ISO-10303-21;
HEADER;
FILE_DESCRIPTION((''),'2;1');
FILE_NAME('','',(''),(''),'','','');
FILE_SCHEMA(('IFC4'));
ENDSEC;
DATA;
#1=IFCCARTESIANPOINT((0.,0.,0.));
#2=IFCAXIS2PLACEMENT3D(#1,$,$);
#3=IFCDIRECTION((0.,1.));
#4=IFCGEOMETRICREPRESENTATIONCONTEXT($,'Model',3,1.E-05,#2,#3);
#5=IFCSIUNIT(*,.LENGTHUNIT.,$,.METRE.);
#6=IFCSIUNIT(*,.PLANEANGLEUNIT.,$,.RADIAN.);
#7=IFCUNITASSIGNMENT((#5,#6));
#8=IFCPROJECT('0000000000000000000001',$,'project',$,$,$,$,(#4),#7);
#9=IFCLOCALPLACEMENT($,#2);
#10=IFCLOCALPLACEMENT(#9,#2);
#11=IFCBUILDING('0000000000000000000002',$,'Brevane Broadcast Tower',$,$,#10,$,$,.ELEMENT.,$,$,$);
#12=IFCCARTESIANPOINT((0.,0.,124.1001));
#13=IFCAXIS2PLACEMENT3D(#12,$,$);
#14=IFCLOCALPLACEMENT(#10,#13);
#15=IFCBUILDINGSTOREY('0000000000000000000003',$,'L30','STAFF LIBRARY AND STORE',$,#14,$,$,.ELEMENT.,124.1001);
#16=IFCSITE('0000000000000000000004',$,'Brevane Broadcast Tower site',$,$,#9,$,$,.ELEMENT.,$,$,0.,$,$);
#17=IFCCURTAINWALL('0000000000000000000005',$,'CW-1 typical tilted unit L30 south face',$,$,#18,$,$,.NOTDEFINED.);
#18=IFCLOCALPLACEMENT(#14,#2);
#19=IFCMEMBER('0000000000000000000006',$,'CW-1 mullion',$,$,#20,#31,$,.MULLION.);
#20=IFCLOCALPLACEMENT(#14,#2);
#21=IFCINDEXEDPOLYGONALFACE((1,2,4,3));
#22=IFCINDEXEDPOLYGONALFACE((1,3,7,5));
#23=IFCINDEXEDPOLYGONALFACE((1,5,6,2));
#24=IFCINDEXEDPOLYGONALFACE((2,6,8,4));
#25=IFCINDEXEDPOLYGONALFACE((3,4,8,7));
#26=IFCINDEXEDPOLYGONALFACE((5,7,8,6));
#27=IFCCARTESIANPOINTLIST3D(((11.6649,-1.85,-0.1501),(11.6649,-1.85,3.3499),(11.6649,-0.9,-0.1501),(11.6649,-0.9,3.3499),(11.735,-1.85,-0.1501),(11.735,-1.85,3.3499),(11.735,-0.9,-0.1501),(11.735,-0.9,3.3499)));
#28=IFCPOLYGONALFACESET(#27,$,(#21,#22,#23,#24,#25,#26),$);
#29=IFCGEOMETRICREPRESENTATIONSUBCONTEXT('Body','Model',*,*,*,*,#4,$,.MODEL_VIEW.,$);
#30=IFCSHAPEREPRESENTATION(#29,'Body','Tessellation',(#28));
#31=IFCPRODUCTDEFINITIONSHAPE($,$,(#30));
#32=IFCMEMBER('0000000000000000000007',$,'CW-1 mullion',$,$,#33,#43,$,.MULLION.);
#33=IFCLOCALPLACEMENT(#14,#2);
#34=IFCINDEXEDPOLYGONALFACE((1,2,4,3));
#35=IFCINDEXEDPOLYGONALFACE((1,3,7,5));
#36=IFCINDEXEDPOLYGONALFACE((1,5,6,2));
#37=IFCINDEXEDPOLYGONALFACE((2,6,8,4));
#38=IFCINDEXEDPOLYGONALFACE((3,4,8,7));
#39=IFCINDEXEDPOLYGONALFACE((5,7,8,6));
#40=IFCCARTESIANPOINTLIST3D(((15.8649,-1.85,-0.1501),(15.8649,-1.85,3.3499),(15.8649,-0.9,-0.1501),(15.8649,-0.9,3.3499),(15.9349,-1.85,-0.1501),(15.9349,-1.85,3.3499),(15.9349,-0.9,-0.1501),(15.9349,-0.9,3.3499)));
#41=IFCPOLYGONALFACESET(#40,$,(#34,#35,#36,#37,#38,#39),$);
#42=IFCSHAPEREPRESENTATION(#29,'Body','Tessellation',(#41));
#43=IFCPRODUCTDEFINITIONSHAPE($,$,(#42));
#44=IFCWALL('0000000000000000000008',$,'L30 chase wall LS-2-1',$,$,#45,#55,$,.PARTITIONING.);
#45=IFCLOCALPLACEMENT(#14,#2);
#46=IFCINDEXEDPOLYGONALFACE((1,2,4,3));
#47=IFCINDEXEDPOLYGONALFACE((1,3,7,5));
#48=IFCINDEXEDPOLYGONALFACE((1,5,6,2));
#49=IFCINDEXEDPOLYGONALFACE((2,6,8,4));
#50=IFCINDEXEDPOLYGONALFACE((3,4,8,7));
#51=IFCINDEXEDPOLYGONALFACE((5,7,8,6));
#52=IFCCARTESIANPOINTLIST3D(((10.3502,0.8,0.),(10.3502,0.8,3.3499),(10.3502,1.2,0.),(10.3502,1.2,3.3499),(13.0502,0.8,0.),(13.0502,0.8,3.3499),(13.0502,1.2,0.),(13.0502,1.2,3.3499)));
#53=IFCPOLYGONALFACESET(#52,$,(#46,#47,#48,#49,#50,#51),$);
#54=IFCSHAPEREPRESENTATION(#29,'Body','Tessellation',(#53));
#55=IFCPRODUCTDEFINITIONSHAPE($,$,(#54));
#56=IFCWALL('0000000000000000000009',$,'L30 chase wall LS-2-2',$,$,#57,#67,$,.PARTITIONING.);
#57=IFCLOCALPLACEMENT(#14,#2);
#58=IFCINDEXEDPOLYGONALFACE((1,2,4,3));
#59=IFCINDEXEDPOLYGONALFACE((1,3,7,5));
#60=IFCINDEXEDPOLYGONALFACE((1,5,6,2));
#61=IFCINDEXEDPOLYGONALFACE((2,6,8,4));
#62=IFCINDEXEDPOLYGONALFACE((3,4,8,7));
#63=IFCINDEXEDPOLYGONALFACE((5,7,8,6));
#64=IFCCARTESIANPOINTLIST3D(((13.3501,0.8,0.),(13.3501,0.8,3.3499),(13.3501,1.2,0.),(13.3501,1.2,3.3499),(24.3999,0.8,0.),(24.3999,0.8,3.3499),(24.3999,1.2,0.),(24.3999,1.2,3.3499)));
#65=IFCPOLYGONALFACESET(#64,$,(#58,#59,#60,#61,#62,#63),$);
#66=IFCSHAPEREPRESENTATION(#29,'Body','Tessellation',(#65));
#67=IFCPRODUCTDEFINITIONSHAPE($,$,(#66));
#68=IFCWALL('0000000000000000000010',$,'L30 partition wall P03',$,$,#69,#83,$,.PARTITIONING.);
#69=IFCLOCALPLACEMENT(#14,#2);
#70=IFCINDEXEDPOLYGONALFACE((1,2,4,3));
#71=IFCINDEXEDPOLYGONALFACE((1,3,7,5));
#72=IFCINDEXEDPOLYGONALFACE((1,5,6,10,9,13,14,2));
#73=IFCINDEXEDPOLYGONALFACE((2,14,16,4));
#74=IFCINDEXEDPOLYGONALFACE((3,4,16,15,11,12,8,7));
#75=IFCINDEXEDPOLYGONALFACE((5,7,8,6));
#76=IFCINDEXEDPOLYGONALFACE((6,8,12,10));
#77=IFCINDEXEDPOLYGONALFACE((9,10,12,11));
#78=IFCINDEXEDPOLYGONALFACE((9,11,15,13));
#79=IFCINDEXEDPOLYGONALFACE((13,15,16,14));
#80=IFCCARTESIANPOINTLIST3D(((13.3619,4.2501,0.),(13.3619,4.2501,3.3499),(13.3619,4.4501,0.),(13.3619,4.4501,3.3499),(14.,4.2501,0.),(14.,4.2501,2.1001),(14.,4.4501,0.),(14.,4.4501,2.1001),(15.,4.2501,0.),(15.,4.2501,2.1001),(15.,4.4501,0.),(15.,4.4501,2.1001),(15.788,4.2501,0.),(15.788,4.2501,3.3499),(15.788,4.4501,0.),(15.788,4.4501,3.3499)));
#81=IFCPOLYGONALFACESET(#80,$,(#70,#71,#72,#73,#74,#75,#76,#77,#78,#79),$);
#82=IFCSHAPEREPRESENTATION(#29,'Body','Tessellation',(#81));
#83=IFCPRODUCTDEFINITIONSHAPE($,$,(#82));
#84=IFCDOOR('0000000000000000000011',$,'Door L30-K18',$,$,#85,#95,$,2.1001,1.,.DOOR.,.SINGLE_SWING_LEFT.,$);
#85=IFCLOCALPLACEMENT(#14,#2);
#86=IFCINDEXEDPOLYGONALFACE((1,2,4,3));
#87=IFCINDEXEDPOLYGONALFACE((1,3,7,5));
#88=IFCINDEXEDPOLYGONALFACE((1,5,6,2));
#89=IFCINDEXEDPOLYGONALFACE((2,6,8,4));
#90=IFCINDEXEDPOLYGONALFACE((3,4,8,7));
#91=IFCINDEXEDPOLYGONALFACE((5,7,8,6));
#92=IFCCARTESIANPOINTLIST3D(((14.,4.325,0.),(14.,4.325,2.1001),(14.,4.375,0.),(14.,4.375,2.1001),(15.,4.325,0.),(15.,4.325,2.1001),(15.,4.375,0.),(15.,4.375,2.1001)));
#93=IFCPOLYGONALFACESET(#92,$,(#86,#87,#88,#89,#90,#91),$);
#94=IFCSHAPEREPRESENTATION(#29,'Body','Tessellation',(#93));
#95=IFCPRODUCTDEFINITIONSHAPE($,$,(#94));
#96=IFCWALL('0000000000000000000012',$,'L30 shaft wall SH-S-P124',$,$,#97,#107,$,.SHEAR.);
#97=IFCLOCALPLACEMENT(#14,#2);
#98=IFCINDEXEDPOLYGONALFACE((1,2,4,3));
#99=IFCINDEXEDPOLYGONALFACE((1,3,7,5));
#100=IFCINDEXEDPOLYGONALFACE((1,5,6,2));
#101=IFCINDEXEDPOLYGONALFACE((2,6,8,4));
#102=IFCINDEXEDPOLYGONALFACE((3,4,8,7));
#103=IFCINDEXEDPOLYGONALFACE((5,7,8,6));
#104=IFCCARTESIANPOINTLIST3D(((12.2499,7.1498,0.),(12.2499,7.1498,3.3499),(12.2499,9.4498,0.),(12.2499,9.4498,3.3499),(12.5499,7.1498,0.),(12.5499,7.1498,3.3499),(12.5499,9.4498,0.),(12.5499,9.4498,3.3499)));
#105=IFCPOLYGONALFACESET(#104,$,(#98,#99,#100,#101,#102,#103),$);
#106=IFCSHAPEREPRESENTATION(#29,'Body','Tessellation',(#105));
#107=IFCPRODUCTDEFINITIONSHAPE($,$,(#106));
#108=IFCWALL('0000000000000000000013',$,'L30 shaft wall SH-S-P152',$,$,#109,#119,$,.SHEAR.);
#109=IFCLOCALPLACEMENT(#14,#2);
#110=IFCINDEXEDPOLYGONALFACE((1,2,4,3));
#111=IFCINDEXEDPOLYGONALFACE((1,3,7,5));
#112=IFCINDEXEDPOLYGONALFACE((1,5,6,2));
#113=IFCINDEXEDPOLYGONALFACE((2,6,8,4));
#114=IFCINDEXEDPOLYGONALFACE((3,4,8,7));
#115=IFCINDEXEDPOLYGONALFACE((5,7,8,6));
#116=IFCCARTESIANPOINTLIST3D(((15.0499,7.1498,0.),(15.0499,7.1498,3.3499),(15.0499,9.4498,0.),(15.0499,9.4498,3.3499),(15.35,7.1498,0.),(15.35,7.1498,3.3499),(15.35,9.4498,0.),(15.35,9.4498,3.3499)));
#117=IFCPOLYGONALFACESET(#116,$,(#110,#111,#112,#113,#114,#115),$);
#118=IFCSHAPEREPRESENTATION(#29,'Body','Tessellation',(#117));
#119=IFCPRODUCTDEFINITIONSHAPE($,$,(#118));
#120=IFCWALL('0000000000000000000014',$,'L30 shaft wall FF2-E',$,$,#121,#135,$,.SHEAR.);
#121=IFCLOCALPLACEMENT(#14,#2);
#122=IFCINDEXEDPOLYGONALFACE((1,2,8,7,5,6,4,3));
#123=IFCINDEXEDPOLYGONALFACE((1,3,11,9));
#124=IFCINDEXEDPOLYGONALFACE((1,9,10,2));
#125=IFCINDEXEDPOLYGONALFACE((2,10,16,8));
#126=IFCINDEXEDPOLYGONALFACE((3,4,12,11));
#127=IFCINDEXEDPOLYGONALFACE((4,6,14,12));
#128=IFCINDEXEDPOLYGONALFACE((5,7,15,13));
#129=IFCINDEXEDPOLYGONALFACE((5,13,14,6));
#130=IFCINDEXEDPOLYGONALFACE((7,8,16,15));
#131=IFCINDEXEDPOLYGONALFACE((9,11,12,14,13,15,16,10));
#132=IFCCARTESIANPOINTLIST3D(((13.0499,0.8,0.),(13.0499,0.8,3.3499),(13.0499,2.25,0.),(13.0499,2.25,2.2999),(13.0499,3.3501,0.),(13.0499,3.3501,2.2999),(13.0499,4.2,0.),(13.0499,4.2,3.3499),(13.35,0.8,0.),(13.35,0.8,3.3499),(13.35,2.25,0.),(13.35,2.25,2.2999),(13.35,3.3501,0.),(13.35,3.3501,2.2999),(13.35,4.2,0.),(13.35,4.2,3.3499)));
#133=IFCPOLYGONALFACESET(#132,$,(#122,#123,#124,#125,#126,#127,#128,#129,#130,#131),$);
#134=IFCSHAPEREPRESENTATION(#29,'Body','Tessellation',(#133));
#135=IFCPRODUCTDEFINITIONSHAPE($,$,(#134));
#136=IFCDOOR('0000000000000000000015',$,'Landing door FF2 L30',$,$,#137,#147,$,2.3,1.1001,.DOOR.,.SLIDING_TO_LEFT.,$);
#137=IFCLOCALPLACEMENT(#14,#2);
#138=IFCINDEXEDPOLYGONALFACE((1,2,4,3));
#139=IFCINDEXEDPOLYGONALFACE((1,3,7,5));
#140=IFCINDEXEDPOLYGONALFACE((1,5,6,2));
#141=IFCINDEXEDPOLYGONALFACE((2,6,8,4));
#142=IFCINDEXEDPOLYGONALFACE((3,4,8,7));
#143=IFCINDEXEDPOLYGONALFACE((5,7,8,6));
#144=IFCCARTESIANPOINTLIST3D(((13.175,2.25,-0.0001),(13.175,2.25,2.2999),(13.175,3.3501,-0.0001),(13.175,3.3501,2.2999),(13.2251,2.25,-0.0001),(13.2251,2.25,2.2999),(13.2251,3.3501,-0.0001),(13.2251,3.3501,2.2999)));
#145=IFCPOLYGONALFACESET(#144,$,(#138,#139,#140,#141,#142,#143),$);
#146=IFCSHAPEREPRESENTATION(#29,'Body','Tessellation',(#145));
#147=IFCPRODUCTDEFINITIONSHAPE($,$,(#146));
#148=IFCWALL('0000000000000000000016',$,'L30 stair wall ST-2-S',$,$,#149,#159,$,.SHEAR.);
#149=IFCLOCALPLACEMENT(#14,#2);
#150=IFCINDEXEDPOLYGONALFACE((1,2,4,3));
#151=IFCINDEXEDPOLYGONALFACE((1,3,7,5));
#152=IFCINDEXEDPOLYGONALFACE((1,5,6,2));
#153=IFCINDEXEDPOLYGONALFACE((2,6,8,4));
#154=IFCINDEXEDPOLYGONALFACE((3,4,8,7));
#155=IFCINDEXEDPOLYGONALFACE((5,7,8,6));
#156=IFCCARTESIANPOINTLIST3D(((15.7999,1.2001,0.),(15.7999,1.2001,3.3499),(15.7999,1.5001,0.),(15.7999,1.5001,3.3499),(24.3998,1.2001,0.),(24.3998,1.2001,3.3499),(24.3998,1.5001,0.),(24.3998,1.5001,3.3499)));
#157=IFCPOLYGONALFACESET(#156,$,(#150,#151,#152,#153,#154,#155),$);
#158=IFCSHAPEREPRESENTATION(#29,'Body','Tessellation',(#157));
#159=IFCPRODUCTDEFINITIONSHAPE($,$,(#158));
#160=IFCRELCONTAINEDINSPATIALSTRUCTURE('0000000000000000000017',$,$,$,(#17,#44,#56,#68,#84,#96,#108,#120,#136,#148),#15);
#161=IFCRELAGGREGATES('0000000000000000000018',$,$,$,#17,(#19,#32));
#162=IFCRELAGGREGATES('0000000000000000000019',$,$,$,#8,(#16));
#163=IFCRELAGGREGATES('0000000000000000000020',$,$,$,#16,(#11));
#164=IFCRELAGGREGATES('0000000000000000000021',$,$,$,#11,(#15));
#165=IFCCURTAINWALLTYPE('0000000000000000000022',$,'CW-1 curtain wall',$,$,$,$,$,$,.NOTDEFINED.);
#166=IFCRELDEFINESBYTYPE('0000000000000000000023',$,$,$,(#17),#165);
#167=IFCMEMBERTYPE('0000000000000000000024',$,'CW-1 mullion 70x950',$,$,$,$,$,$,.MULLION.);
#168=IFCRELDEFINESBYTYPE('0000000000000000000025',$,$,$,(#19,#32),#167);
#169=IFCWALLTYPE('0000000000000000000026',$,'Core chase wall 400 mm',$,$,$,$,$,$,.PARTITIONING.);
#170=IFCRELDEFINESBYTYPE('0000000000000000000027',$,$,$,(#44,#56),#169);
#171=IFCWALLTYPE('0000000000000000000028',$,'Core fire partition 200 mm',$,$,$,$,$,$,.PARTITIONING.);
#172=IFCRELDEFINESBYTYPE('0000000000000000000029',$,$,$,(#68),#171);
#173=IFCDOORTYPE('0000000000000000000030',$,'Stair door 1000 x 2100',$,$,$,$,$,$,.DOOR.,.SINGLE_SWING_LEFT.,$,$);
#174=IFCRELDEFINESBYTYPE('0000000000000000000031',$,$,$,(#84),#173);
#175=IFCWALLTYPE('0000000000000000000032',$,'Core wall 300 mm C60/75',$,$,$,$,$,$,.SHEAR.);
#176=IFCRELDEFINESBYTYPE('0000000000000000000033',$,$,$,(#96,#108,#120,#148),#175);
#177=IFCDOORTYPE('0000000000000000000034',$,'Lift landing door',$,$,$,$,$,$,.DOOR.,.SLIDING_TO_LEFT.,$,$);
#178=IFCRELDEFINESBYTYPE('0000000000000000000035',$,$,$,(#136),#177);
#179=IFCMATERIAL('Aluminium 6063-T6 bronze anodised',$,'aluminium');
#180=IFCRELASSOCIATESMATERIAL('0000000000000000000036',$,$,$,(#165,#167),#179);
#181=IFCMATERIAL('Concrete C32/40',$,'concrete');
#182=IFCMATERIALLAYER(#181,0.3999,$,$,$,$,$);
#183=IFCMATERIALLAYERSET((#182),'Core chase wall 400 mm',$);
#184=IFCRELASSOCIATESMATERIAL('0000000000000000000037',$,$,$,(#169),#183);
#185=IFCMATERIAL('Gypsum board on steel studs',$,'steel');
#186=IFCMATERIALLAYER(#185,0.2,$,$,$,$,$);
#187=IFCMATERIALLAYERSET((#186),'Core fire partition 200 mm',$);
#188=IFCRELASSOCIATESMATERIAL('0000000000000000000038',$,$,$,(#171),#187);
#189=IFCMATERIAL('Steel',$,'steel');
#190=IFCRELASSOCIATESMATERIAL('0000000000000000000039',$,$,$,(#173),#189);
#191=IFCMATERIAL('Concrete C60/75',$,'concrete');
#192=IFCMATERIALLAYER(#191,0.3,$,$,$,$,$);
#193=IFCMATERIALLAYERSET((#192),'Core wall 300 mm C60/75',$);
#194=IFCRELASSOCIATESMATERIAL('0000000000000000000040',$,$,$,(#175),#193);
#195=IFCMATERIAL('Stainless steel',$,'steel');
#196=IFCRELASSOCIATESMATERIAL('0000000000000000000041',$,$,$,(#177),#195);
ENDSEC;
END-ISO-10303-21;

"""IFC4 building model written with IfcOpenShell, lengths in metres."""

from ifc_helpers import new_model, si_unit, direction, frame, frame_2d, origin, origin_2d, place, context, subcontext, project, spatial, rectangle, extrude, material, layer, layer_set, material_profile, profile_set, type_object, element, fill, aggregate, save


model = new_model("IFC4")

# Units and contexts
model_context = context("Model", 3, precision=1e-05, world=origin(), true_north=direction((0.0, 1.0)))
body_context = subcontext(model_context, "Body", "Model", "MODEL_VIEW")
ifc_project = project(units=[si_unit("LENGTHUNIT", "METRE"), si_unit("PLANEANGLEUNIT", "RADIAN")], contexts=[model_context])

# Site, building, storey
site_placement = place(None, origin())
site = spatial("IfcSite", under=ifc_project, at=site_placement, Name="Brevane Broadcast Tower site", CompositionType="ELEMENT", RefElevation=0.0)
building_placement = place(site_placement, origin())
building = spatial("IfcBuilding", under=site, at=building_placement, Name="Brevane Broadcast Tower", CompositionType="ELEMENT")
storey_placement = place(building_placement, frame((0.0, 0.0, 124.1001)))
storey = spatial("IfcBuildingStorey", under=building, at=storey_placement, Name="L30", Description="STAFF LIBRARY AND STORE", CompositionType="ELEMENT", Elevation=124.1001)

# Curtain wall, members
ifc_material_1 = material(Name="Aluminium 6063-T6 bronze anodised", Category="aluminium")
curtain_wall_type = type_object("IfcCurtainWallType", Name="CW-1 curtain wall", PredefinedType="NOTDEFINED", material=ifc_material_1)
curtain_wall_placement = place(storey_placement, origin())
curtain_wall = element("IfcCurtainWall", 1, at=curtain_wall_placement, inside=storey, type_object=curtain_wall_type, Name="CW-1 typical tilted unit L30 south face", PredefinedType="NOTDEFINED")
ifc_material_profile = material_profile(ifc_material_1, rectangle(XDim=0.95, YDim=0.0701, at=origin_2d()), Name="RECT 70x950")
ifc_profile_set = profile_set([ifc_material_profile], Name="Aluminium 6063-T6 bronze anodised")
member_type = type_object("IfcMemberType", Name="CW-1 mullion 70x950", PredefinedType="MULLION", material=ifc_profile_set)
member_1_placement = place(storey_placement, frame((11.7, -1.375, -0.1501), z_axis=(0.0, 0.0, 1.0), x_axis=(0.0, 1.0, 0.0)))
member_1 = element("IfcMember", 2, at=member_1_placement, type_object=member_type, Name="CW-1 mullion", PredefinedType="MULLION", context=body_context, shape_type="SweptSolid", body=[
    extrude(rectangle(XDim=0.95, YDim=0.0701, at=origin_2d()), origin(), (0.0, 0.0, 1.0), 3.5),
])
member_2_placement = place(storey_placement, frame((15.8999, -1.375, -0.1501), z_axis=(0.0, 0.0, 1.0), x_axis=(0.0, 1.0, 0.0)))
member_2 = element("IfcMember", 3, at=member_2_placement, type_object=member_type, Name="CW-1 mullion", PredefinedType="MULLION", context=body_context, shape_type="SweptSolid", body=[
    extrude(rectangle(XDim=0.95, YDim=0.0701, at=origin_2d()), origin(), (0.0, 0.0, 1.0), 3.5),
])
aggregate(curtain_wall, [member_1, member_2])

# Walls
ifc_material_2 = material(Name="Concrete C32/40", Category="concrete")
ifc_layer_1 = layer(ifc_material_2, 0.3999)
ifc_layer_set_1 = layer_set([ifc_layer_1], Name="Core chase wall 400 mm")
wall_type_1 = type_object("IfcWallType", Name="Core chase wall 400 mm", PredefinedType="PARTITIONING", material=ifc_layer_set_1)
wall_1_placement = place(storey_placement, frame((10.3501, 1.0, 0.0), z_axis=(0.0, 0.0, 1.0), x_axis=(1.0, 0.0, 0.0)))
element("IfcWall", 4, at=wall_1_placement, inside=storey, type_object=wall_type_1, Name="L30 chase wall LS-2-1", PredefinedType="PARTITIONING", context=body_context, shape_type="SweptSolid", body=[
    extrude(rectangle(XDim=2.7, YDim=0.3999, at=frame_2d((1.3501, 0.0))), origin(), (0.0, 0.0, 1.0), 3.3499),
])
wall_2_placement = place(storey_placement, frame((13.3501, 1.0, 0.0), z_axis=(0.0, 0.0, 1.0), x_axis=(1.0, 0.0, 0.0)))
element("IfcWall", 5, at=wall_2_placement, inside=storey, type_object=wall_type_1, Name="L30 chase wall LS-2-2", PredefinedType="PARTITIONING", context=body_context, shape_type="SweptSolid", body=[
    extrude(rectangle(XDim=11.0498, YDim=0.3999, at=frame_2d((5.5249, 0.0))), origin(), (0.0, 0.0, 1.0), 3.3499),
])

# Wall, opening, door
ifc_material_3 = material(Name="Gypsum board on steel studs", Category="steel")
ifc_layer_2 = layer(ifc_material_3, 0.2)
ifc_layer_set_2 = layer_set([ifc_layer_2], Name="Core fire partition 200 mm")
wall_type_2 = type_object("IfcWallType", Name="Core fire partition 200 mm", PredefinedType="PARTITIONING", material=ifc_layer_set_2)
wall_3_placement = place(storey_placement, frame((13.3621, 4.3501, 0.0), z_axis=(0.0, 0.0, 1.0), x_axis=(1.0, 0.0, 0.0)))
wall_3 = element("IfcWall", 6, at=wall_3_placement, inside=storey, type_object=wall_type_2, Name="L30 partition wall P03", PredefinedType="PARTITIONING", context=body_context, shape_type="SweptSolid", body=[
    extrude(rectangle(XDim=2.426, YDim=0.2, at=frame_2d((1.2129, 0.0))), origin(), (0.0, 0.0, 1.0), 3.3499),
])
opening_1_placement = place(wall_3_placement, frame((0.6379, 0.0, 0.0)))
opening_1 = element("IfcOpeningElement", 7, at=opening_1_placement, cuts=wall_3, PredefinedType="OPENING", context=body_context, shape_type="SweptSolid", body=[
    extrude(rectangle(XDim=1.0, YDim=2.1001, at=frame_2d((0.5, 1.05))), frame((0.0, 0.1099, 0.0), z_axis=(0.0, -1.0, 0.0), x_axis=(1.0, 0.0, 0.0)), (0.0, 0.0, 1.0), 0.22),
])
ifc_material_4 = material(Name="Steel", Category="steel")
door_type_1 = type_object("IfcDoorType", Name="Stair door 1000 x 2100", OperationType="SINGLE_SWING_LEFT", PredefinedType="DOOR", material=ifc_material_4)
door_1_placement = place(opening_1_placement, origin())
door_1 = element("IfcDoor", 8, at=door_1_placement, inside=storey, type_object=door_type_1, Name="Door L30-K18", OperationType="SINGLE_SWING_LEFT", OverallHeight=2.1001, OverallWidth=1.0, PredefinedType="DOOR", context=body_context, shape_type="SweptSolid", body=[
    extrude(rectangle(XDim=1.0, YDim=2.1001, at=frame_2d((0.5, 1.05))), frame((0.0, 0.0249, 0.0), z_axis=(0.0, -1.0, 0.0), x_axis=(1.0, 0.0, 0.0)), (0.0, 0.0, 1.0), 0.05),
])
fill(opening_1, door_1)

# Walls
ifc_material_5 = material(Name="Concrete C60/75", Category="concrete")
ifc_layer_3 = layer(ifc_material_5, 0.3)
ifc_layer_set_3 = layer_set([ifc_layer_3], Name="Core wall 300 mm C60/75")
wall_type_3 = type_object("IfcWallType", Name="Core wall 300 mm C60/75", PredefinedType="SHEAR", material=ifc_layer_set_3)
for number, where, z_axis, x_axis, name in (
    (9, (12.3999, 7.1499, 0.0), (0.0, 0.0, 1.0), (0.0, 1.0, 0.0), "L30 shaft wall SH-S-P124"),
    (10, (15.2, 7.1499, 0.0), (0.0, 0.0, 1.0), (0.0, 1.0, 0.0), "L30 shaft wall SH-S-P152"),
):
    element("IfcWall", number, at=place(storey_placement, frame(where, z_axis=z_axis, x_axis=x_axis)), inside=storey, type_object=wall_type_3, Name=name, PredefinedType="SHEAR", context=body_context, shape_type="SweptSolid", body=[
        extrude(rectangle(XDim=2.3, YDim=0.3, at=frame_2d((1.1499, 0.0))), origin(), (0.0, 0.0, 1.0), 3.3499),
    ])

# Wall, opening, door
wall_4_placement = place(storey_placement, frame((13.2, 0.8, 0.0), z_axis=(0.0, 0.0, 1.0), x_axis=(0.0, 1.0, 0.0)))
wall_4 = element("IfcWall", 11, at=wall_4_placement, inside=storey, type_object=wall_type_3, Name="L30 shaft wall FF2-E", PredefinedType="SHEAR", context=body_context, shape_type="SweptSolid", body=[
    extrude(rectangle(XDim=3.3999, YDim=0.3, at=frame_2d((1.7, 0.0))), origin(), (0.0, 0.0, 1.0), 3.3499),
])
opening_2_placement = place(wall_4_placement, frame((1.45, 0.0, 0.0)))
opening_2 = element("IfcOpeningElement", 12, at=opening_2_placement, cuts=wall_4, PredefinedType="OPENING", context=body_context, shape_type="SweptSolid", body=[
    extrude(rectangle(XDim=1.1001, YDim=2.3, at=frame_2d((0.55, 1.1499))), frame((0.0, 0.1599, 0.0), z_axis=(0.0, -1.0, 0.0), x_axis=(1.0, 0.0, 0.0)), (0.0, 0.0, 1.0), 0.3201),
])
ifc_material_6 = material(Name="Stainless steel", Category="steel")
door_type_2 = type_object("IfcDoorType", Name="Lift landing door", OperationType="SLIDING_TO_LEFT", PredefinedType="DOOR", material=ifc_material_6)
door_2_placement = place(opening_2_placement, origin())
door_2 = element("IfcDoor", 13, at=door_2_placement, inside=storey, type_object=door_type_2, Name="Landing door FF2 L30", OperationType="SLIDING_TO_LEFT", OverallHeight=2.3, OverallWidth=1.1001, PredefinedType="DOOR", context=body_context, shape_type="SweptSolid", body=[
    extrude(rectangle(XDim=1.1001, YDim=2.3, at=frame_2d((0.55, 1.1499))), frame((0.0, 0.0249, 0.0), z_axis=(0.0, -1.0, 0.0), x_axis=(1.0, 0.0, 0.0)), (0.0, 0.0, 1.0), 0.05),
])
fill(opening_2, door_2)

# Wall
wall_5_placement = place(storey_placement, frame((15.8, 1.3501, 0.0), z_axis=(0.0, 0.0, 1.0), x_axis=(1.0, 0.0, 0.0)))
element("IfcWall", 14, at=wall_5_placement, inside=storey, type_object=wall_type_3, Name="L30 stair wall ST-2-S", PredefinedType="SHEAR", context=body_context, shape_type="SweptSolid", body=[
    extrude(rectangle(XDim=8.5999, YDim=0.3, at=frame_2d((4.2998, 0.0))), origin(), (0.0, 0.0, 1.0), 3.3499),
])

save(model, "model.ifc")
